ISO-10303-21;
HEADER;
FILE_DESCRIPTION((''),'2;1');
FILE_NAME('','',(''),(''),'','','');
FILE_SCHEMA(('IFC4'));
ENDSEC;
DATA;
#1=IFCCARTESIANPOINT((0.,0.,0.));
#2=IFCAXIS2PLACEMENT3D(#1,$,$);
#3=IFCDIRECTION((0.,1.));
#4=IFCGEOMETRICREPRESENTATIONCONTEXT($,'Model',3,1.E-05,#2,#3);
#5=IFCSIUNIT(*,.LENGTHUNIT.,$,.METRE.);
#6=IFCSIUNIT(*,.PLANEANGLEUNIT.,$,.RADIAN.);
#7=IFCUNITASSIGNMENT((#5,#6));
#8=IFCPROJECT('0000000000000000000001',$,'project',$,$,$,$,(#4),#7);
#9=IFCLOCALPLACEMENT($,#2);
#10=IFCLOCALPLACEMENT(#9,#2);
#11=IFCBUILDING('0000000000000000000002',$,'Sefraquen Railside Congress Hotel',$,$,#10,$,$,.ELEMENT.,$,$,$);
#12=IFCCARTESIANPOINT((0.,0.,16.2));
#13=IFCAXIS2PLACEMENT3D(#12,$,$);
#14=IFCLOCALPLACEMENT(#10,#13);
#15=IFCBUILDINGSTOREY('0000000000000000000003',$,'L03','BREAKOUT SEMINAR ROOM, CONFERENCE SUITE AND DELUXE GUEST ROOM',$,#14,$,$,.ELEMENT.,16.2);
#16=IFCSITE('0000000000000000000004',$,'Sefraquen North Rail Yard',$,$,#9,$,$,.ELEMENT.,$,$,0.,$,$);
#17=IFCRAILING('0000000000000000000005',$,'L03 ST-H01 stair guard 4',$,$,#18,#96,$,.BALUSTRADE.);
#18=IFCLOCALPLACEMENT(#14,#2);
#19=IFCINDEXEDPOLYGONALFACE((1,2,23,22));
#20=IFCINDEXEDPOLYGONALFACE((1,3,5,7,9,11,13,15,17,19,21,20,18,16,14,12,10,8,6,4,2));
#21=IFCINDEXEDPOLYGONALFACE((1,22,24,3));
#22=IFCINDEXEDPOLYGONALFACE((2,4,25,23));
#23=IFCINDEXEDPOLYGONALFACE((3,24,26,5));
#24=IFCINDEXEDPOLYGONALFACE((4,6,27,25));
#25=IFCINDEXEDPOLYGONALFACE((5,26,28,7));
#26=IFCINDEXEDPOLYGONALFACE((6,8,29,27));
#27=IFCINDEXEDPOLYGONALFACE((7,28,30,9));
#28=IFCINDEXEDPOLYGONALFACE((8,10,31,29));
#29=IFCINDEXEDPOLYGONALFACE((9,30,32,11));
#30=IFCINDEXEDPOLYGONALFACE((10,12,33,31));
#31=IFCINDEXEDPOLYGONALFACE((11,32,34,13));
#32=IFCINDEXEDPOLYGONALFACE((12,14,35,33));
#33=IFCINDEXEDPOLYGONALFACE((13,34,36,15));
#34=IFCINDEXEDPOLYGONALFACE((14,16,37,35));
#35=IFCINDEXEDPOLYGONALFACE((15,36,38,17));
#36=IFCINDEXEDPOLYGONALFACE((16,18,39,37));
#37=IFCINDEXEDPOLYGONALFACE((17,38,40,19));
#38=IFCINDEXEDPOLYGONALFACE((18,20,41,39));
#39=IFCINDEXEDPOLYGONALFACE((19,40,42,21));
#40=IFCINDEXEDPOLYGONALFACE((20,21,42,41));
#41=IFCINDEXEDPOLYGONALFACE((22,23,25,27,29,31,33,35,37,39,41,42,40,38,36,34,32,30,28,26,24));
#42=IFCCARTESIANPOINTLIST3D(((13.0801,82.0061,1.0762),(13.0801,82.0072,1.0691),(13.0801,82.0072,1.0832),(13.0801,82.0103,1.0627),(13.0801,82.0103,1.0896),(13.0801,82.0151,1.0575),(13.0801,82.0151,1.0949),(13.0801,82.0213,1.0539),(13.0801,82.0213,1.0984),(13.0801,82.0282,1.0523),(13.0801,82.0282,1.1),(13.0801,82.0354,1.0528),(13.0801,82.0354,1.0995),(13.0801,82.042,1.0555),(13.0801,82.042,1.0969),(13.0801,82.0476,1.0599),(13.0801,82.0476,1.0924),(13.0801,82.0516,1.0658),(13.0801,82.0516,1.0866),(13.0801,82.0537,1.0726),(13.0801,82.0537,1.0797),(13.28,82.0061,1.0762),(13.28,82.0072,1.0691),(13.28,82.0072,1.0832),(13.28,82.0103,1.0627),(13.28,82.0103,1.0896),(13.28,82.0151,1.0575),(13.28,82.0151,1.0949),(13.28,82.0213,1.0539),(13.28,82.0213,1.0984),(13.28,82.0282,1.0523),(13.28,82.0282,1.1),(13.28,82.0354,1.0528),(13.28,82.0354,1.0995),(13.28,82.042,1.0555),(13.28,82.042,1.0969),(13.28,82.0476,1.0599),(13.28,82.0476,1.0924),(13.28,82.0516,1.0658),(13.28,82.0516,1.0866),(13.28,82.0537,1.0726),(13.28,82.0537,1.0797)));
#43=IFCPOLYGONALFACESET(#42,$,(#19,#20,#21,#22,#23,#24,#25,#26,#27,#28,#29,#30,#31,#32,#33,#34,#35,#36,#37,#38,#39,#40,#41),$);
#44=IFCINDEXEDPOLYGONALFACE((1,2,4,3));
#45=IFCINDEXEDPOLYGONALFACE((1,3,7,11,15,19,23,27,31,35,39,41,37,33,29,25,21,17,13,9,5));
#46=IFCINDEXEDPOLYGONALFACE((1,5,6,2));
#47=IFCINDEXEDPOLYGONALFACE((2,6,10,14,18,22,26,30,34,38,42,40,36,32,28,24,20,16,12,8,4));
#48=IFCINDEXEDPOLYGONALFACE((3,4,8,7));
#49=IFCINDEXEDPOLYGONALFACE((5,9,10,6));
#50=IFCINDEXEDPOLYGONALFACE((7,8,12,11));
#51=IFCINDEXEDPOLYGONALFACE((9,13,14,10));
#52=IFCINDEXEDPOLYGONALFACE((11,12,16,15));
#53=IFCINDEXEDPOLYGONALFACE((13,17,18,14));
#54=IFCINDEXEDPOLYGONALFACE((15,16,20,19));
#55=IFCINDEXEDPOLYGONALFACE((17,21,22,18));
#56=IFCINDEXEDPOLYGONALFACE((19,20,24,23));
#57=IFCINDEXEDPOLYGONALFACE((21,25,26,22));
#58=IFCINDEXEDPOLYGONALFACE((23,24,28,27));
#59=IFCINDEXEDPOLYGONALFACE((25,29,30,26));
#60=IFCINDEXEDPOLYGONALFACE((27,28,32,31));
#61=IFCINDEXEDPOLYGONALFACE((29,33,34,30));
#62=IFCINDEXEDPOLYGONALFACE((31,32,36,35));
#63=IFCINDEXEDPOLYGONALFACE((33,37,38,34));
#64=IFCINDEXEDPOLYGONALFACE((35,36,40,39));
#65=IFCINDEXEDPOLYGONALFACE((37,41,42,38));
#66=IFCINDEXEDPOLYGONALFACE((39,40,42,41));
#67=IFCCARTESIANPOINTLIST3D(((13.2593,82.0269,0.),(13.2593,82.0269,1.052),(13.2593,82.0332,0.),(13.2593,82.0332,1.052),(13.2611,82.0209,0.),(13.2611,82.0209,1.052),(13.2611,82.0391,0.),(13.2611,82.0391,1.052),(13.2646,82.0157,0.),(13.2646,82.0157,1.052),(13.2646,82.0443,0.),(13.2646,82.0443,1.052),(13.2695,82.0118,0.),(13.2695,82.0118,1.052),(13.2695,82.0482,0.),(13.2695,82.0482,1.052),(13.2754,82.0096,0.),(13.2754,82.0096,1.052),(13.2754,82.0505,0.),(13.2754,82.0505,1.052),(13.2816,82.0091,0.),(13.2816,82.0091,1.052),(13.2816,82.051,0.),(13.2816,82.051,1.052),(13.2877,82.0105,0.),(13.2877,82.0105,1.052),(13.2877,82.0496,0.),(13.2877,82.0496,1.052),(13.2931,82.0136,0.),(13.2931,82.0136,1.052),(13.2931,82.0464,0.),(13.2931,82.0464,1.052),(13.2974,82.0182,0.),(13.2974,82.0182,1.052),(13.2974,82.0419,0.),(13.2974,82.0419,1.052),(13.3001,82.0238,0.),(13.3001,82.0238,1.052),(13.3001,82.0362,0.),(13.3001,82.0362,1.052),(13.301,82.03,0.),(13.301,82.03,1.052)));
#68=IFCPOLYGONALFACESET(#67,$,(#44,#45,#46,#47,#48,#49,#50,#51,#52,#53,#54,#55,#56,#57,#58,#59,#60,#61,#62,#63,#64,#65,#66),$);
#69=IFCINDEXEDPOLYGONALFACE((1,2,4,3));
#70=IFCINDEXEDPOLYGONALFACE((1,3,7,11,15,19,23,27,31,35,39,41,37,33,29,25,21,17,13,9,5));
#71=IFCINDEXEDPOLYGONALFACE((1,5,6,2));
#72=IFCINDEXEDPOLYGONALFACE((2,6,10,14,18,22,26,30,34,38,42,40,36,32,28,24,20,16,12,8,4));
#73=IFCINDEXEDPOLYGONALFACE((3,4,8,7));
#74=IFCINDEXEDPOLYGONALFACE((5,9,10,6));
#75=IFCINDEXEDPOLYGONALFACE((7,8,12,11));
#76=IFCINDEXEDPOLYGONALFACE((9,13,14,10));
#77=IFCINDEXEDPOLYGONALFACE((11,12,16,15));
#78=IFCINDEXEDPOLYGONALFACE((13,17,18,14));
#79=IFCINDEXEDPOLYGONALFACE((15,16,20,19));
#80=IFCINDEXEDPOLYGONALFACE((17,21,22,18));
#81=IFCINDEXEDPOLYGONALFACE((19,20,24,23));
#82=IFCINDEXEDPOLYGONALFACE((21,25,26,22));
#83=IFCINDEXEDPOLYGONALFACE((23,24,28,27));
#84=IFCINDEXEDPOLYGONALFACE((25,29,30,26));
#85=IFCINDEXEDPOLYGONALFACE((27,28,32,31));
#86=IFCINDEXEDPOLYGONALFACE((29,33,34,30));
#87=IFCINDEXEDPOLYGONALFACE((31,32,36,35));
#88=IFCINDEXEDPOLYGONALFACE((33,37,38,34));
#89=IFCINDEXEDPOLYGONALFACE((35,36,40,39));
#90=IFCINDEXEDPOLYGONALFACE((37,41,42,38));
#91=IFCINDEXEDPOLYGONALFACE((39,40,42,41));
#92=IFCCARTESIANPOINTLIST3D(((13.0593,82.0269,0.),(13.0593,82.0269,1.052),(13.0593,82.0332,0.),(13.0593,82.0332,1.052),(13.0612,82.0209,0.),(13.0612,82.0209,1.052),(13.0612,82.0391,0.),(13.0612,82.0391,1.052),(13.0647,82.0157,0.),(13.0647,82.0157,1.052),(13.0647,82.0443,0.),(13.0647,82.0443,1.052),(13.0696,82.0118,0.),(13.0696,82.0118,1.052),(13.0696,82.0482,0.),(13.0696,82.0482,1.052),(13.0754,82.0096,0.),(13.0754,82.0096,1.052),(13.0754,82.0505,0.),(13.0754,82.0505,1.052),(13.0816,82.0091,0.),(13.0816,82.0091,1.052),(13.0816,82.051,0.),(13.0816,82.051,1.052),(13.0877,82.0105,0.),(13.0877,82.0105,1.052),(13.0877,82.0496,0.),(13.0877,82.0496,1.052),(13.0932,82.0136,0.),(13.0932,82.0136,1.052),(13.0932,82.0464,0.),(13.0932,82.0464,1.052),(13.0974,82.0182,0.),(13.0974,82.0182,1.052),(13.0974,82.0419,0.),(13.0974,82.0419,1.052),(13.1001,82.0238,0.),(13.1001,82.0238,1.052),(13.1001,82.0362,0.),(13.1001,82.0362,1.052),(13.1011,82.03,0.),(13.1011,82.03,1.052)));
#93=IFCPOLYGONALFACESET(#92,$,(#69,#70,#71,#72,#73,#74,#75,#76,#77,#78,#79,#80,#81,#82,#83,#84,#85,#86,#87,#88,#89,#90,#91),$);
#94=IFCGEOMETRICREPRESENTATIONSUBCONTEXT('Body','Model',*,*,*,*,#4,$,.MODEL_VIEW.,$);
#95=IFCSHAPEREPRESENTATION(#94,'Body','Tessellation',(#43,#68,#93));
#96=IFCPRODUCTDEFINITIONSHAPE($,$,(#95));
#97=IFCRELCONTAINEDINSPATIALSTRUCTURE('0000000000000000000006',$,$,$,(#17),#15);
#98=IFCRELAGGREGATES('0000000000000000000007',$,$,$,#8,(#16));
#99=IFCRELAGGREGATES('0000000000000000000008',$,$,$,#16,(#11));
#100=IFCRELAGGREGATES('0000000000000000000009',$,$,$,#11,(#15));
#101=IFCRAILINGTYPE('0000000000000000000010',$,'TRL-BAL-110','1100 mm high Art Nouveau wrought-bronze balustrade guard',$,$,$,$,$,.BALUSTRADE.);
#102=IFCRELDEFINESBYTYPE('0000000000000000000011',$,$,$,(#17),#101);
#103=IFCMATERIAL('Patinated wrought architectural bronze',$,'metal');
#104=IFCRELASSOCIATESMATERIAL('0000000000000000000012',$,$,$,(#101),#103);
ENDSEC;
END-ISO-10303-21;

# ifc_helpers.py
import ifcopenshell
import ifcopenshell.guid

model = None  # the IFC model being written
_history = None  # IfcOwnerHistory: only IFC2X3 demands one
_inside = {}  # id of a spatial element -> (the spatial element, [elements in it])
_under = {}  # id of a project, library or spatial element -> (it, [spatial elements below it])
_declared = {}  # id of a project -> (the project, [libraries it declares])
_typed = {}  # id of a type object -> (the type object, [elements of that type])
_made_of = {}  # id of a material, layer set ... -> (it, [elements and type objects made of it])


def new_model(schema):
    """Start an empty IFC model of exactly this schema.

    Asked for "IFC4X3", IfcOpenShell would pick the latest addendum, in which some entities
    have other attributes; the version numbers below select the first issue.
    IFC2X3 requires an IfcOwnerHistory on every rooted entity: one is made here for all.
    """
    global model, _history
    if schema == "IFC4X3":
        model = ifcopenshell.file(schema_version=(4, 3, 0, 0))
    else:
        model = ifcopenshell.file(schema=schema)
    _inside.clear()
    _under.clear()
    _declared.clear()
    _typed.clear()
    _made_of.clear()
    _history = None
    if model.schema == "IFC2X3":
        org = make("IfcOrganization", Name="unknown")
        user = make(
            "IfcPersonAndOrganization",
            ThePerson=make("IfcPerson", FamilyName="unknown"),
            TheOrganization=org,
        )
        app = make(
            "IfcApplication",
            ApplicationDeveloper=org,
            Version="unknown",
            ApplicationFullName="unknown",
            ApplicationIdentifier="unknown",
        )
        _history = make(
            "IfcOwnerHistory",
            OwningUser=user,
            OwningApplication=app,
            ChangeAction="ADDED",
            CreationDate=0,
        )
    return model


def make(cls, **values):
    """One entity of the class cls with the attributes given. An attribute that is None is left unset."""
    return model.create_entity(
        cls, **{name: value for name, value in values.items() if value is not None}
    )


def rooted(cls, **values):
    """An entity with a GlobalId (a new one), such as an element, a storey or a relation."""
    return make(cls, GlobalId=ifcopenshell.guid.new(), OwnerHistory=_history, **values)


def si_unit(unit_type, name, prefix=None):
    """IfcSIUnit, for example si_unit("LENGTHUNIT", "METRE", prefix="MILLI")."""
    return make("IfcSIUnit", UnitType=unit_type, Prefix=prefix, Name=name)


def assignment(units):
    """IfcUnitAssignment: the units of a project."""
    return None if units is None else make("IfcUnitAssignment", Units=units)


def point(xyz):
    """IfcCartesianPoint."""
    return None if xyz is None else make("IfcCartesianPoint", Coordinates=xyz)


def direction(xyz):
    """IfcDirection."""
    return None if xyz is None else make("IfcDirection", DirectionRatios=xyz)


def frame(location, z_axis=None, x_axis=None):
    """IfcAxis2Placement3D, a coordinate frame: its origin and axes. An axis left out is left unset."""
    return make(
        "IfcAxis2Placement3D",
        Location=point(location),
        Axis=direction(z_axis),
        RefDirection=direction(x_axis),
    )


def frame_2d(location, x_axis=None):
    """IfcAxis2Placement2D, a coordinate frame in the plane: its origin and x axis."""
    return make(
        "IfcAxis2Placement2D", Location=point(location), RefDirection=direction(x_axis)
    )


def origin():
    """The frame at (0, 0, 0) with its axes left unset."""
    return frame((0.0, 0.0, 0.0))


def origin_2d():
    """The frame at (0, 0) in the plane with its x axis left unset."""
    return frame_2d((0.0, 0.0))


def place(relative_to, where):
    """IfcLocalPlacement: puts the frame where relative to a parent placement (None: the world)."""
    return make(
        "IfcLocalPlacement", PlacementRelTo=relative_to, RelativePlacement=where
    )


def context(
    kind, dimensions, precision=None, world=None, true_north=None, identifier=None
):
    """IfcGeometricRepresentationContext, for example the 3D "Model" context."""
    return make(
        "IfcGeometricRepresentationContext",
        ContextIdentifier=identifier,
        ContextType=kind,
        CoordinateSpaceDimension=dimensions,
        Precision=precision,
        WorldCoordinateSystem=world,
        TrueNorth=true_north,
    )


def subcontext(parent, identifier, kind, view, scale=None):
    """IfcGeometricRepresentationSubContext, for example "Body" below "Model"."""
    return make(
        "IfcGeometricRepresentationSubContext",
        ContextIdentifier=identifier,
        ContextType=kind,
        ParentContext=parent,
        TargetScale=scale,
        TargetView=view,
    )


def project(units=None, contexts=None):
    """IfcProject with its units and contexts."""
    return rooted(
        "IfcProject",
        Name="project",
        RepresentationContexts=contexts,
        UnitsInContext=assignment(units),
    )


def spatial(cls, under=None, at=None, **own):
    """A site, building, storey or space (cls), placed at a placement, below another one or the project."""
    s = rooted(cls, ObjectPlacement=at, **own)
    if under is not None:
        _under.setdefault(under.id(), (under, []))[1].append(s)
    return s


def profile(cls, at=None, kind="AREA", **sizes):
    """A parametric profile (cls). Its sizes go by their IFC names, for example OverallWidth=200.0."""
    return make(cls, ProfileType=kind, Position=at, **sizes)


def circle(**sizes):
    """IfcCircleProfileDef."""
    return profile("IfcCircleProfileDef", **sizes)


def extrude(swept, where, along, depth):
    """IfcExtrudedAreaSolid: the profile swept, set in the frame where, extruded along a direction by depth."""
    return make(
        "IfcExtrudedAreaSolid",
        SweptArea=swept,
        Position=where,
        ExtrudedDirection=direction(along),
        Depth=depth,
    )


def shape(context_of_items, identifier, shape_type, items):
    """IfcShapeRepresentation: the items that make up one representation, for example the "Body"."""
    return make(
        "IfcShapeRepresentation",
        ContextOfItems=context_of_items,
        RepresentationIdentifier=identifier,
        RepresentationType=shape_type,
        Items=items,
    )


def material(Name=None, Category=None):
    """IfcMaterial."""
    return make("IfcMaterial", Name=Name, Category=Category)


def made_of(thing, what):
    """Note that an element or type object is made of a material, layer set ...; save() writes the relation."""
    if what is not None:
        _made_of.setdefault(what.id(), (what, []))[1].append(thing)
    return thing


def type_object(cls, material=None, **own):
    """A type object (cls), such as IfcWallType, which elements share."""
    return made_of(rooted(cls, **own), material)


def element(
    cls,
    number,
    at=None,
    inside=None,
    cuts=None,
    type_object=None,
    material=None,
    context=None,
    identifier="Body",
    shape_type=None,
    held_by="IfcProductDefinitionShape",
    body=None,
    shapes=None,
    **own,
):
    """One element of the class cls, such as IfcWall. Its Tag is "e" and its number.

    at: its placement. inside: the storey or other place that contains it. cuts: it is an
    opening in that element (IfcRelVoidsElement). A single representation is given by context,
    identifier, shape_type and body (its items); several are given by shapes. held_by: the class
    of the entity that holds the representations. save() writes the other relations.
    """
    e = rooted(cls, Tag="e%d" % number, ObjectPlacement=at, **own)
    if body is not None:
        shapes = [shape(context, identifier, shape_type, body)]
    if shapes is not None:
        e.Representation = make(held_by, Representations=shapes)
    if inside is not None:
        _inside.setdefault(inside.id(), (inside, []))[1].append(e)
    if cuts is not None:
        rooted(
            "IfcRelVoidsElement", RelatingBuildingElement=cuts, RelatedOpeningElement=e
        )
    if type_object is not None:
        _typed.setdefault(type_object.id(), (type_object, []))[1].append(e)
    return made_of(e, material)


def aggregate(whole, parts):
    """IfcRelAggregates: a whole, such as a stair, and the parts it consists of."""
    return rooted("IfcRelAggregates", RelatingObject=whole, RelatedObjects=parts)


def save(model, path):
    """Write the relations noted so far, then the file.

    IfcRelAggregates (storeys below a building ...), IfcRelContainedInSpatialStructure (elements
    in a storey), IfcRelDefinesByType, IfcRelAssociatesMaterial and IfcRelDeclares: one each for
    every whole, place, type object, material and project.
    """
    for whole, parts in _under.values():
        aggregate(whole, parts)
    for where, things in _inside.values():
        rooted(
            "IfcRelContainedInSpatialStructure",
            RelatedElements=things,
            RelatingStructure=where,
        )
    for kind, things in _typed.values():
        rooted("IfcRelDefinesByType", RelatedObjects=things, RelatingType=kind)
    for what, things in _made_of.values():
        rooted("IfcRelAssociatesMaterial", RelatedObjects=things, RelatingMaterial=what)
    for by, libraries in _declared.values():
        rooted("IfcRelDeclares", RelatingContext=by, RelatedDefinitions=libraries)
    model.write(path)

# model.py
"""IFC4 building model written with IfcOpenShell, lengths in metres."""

from ifc_helpers import new_model, si_unit, direction, frame, origin, origin_2d, place, context, subcontext, project, spatial, circle, extrude, material, type_object, element, save


model = new_model("IFC4")

# Units and contexts
model_context = context("Model", 3, precision=1e-05, world=origin(), true_north=direction((0.0, 1.0)))
body_context = subcontext(model_context, "Body", "Model", "MODEL_VIEW")
ifc_project = project(units=[si_unit("LENGTHUNIT", "METRE"), si_unit("PLANEANGLEUNIT", "RADIAN")], contexts=[model_context])

# Site, building, storey
site_placement = place(None, origin())
site = spatial("IfcSite", under=ifc_project, at=site_placement, Name="Sefraquen North Rail Yard", CompositionType="ELEMENT", RefElevation=0.0)
building_placement = place(site_placement, origin())
building = spatial("IfcBuilding", under=site, at=building_placement, Name="Sefraquen Railside Congress Hotel", CompositionType="ELEMENT")
storey_placement = place(building_placement, frame((0.0, 0.0, 16.2)))
storey = spatial("IfcBuildingStorey", under=building, at=storey_placement, Name="L03", Description="BREAKOUT SEMINAR ROOM, CONFERENCE SUITE AND DELUXE GUEST ROOM", CompositionType="ELEMENT", Elevation=16.2)

# Railing
ifc_material_1 = material(Name="Patinated wrought architectural bronze", Category="metal")
railing_type = type_object("IfcRailingType", Name="TRL-BAL-110", Description="1100 mm high Art Nouveau wrought-bronze balustrade guard", PredefinedType="BALUSTRADE", material=ifc_material_1)
railing_1_placement = place(storey_placement, frame((13.28, 82.03, 0.0)))
element("IfcRailing", 1, at=railing_1_placement, inside=storey, type_object=railing_type, Name="L03 ST-H01 stair guard 4", PredefinedType="BALUSTRADE", context=body_context, shape_type="SweptSolid", body=[
    extrude(circle(Radius=0.0239, at=origin_2d()), frame((0.0, 0.0, 1.0762), z_axis=(-1.0, 0.0, 0.0), x_axis=(0.0, -1.0, 0.0)), (0.0, 0.0, 1.0), 0.2),
    extrude(circle(Radius=0.021, at=origin_2d()), origin(), (0.0, 0.0, 1.0), 1.052),
    extrude(circle(Radius=0.021, at=origin_2d()), frame((-0.2, 0.0, 0.0)), (0.0, 0.0, 1.0), 1.052),
])

save(model, "model.ifc")
